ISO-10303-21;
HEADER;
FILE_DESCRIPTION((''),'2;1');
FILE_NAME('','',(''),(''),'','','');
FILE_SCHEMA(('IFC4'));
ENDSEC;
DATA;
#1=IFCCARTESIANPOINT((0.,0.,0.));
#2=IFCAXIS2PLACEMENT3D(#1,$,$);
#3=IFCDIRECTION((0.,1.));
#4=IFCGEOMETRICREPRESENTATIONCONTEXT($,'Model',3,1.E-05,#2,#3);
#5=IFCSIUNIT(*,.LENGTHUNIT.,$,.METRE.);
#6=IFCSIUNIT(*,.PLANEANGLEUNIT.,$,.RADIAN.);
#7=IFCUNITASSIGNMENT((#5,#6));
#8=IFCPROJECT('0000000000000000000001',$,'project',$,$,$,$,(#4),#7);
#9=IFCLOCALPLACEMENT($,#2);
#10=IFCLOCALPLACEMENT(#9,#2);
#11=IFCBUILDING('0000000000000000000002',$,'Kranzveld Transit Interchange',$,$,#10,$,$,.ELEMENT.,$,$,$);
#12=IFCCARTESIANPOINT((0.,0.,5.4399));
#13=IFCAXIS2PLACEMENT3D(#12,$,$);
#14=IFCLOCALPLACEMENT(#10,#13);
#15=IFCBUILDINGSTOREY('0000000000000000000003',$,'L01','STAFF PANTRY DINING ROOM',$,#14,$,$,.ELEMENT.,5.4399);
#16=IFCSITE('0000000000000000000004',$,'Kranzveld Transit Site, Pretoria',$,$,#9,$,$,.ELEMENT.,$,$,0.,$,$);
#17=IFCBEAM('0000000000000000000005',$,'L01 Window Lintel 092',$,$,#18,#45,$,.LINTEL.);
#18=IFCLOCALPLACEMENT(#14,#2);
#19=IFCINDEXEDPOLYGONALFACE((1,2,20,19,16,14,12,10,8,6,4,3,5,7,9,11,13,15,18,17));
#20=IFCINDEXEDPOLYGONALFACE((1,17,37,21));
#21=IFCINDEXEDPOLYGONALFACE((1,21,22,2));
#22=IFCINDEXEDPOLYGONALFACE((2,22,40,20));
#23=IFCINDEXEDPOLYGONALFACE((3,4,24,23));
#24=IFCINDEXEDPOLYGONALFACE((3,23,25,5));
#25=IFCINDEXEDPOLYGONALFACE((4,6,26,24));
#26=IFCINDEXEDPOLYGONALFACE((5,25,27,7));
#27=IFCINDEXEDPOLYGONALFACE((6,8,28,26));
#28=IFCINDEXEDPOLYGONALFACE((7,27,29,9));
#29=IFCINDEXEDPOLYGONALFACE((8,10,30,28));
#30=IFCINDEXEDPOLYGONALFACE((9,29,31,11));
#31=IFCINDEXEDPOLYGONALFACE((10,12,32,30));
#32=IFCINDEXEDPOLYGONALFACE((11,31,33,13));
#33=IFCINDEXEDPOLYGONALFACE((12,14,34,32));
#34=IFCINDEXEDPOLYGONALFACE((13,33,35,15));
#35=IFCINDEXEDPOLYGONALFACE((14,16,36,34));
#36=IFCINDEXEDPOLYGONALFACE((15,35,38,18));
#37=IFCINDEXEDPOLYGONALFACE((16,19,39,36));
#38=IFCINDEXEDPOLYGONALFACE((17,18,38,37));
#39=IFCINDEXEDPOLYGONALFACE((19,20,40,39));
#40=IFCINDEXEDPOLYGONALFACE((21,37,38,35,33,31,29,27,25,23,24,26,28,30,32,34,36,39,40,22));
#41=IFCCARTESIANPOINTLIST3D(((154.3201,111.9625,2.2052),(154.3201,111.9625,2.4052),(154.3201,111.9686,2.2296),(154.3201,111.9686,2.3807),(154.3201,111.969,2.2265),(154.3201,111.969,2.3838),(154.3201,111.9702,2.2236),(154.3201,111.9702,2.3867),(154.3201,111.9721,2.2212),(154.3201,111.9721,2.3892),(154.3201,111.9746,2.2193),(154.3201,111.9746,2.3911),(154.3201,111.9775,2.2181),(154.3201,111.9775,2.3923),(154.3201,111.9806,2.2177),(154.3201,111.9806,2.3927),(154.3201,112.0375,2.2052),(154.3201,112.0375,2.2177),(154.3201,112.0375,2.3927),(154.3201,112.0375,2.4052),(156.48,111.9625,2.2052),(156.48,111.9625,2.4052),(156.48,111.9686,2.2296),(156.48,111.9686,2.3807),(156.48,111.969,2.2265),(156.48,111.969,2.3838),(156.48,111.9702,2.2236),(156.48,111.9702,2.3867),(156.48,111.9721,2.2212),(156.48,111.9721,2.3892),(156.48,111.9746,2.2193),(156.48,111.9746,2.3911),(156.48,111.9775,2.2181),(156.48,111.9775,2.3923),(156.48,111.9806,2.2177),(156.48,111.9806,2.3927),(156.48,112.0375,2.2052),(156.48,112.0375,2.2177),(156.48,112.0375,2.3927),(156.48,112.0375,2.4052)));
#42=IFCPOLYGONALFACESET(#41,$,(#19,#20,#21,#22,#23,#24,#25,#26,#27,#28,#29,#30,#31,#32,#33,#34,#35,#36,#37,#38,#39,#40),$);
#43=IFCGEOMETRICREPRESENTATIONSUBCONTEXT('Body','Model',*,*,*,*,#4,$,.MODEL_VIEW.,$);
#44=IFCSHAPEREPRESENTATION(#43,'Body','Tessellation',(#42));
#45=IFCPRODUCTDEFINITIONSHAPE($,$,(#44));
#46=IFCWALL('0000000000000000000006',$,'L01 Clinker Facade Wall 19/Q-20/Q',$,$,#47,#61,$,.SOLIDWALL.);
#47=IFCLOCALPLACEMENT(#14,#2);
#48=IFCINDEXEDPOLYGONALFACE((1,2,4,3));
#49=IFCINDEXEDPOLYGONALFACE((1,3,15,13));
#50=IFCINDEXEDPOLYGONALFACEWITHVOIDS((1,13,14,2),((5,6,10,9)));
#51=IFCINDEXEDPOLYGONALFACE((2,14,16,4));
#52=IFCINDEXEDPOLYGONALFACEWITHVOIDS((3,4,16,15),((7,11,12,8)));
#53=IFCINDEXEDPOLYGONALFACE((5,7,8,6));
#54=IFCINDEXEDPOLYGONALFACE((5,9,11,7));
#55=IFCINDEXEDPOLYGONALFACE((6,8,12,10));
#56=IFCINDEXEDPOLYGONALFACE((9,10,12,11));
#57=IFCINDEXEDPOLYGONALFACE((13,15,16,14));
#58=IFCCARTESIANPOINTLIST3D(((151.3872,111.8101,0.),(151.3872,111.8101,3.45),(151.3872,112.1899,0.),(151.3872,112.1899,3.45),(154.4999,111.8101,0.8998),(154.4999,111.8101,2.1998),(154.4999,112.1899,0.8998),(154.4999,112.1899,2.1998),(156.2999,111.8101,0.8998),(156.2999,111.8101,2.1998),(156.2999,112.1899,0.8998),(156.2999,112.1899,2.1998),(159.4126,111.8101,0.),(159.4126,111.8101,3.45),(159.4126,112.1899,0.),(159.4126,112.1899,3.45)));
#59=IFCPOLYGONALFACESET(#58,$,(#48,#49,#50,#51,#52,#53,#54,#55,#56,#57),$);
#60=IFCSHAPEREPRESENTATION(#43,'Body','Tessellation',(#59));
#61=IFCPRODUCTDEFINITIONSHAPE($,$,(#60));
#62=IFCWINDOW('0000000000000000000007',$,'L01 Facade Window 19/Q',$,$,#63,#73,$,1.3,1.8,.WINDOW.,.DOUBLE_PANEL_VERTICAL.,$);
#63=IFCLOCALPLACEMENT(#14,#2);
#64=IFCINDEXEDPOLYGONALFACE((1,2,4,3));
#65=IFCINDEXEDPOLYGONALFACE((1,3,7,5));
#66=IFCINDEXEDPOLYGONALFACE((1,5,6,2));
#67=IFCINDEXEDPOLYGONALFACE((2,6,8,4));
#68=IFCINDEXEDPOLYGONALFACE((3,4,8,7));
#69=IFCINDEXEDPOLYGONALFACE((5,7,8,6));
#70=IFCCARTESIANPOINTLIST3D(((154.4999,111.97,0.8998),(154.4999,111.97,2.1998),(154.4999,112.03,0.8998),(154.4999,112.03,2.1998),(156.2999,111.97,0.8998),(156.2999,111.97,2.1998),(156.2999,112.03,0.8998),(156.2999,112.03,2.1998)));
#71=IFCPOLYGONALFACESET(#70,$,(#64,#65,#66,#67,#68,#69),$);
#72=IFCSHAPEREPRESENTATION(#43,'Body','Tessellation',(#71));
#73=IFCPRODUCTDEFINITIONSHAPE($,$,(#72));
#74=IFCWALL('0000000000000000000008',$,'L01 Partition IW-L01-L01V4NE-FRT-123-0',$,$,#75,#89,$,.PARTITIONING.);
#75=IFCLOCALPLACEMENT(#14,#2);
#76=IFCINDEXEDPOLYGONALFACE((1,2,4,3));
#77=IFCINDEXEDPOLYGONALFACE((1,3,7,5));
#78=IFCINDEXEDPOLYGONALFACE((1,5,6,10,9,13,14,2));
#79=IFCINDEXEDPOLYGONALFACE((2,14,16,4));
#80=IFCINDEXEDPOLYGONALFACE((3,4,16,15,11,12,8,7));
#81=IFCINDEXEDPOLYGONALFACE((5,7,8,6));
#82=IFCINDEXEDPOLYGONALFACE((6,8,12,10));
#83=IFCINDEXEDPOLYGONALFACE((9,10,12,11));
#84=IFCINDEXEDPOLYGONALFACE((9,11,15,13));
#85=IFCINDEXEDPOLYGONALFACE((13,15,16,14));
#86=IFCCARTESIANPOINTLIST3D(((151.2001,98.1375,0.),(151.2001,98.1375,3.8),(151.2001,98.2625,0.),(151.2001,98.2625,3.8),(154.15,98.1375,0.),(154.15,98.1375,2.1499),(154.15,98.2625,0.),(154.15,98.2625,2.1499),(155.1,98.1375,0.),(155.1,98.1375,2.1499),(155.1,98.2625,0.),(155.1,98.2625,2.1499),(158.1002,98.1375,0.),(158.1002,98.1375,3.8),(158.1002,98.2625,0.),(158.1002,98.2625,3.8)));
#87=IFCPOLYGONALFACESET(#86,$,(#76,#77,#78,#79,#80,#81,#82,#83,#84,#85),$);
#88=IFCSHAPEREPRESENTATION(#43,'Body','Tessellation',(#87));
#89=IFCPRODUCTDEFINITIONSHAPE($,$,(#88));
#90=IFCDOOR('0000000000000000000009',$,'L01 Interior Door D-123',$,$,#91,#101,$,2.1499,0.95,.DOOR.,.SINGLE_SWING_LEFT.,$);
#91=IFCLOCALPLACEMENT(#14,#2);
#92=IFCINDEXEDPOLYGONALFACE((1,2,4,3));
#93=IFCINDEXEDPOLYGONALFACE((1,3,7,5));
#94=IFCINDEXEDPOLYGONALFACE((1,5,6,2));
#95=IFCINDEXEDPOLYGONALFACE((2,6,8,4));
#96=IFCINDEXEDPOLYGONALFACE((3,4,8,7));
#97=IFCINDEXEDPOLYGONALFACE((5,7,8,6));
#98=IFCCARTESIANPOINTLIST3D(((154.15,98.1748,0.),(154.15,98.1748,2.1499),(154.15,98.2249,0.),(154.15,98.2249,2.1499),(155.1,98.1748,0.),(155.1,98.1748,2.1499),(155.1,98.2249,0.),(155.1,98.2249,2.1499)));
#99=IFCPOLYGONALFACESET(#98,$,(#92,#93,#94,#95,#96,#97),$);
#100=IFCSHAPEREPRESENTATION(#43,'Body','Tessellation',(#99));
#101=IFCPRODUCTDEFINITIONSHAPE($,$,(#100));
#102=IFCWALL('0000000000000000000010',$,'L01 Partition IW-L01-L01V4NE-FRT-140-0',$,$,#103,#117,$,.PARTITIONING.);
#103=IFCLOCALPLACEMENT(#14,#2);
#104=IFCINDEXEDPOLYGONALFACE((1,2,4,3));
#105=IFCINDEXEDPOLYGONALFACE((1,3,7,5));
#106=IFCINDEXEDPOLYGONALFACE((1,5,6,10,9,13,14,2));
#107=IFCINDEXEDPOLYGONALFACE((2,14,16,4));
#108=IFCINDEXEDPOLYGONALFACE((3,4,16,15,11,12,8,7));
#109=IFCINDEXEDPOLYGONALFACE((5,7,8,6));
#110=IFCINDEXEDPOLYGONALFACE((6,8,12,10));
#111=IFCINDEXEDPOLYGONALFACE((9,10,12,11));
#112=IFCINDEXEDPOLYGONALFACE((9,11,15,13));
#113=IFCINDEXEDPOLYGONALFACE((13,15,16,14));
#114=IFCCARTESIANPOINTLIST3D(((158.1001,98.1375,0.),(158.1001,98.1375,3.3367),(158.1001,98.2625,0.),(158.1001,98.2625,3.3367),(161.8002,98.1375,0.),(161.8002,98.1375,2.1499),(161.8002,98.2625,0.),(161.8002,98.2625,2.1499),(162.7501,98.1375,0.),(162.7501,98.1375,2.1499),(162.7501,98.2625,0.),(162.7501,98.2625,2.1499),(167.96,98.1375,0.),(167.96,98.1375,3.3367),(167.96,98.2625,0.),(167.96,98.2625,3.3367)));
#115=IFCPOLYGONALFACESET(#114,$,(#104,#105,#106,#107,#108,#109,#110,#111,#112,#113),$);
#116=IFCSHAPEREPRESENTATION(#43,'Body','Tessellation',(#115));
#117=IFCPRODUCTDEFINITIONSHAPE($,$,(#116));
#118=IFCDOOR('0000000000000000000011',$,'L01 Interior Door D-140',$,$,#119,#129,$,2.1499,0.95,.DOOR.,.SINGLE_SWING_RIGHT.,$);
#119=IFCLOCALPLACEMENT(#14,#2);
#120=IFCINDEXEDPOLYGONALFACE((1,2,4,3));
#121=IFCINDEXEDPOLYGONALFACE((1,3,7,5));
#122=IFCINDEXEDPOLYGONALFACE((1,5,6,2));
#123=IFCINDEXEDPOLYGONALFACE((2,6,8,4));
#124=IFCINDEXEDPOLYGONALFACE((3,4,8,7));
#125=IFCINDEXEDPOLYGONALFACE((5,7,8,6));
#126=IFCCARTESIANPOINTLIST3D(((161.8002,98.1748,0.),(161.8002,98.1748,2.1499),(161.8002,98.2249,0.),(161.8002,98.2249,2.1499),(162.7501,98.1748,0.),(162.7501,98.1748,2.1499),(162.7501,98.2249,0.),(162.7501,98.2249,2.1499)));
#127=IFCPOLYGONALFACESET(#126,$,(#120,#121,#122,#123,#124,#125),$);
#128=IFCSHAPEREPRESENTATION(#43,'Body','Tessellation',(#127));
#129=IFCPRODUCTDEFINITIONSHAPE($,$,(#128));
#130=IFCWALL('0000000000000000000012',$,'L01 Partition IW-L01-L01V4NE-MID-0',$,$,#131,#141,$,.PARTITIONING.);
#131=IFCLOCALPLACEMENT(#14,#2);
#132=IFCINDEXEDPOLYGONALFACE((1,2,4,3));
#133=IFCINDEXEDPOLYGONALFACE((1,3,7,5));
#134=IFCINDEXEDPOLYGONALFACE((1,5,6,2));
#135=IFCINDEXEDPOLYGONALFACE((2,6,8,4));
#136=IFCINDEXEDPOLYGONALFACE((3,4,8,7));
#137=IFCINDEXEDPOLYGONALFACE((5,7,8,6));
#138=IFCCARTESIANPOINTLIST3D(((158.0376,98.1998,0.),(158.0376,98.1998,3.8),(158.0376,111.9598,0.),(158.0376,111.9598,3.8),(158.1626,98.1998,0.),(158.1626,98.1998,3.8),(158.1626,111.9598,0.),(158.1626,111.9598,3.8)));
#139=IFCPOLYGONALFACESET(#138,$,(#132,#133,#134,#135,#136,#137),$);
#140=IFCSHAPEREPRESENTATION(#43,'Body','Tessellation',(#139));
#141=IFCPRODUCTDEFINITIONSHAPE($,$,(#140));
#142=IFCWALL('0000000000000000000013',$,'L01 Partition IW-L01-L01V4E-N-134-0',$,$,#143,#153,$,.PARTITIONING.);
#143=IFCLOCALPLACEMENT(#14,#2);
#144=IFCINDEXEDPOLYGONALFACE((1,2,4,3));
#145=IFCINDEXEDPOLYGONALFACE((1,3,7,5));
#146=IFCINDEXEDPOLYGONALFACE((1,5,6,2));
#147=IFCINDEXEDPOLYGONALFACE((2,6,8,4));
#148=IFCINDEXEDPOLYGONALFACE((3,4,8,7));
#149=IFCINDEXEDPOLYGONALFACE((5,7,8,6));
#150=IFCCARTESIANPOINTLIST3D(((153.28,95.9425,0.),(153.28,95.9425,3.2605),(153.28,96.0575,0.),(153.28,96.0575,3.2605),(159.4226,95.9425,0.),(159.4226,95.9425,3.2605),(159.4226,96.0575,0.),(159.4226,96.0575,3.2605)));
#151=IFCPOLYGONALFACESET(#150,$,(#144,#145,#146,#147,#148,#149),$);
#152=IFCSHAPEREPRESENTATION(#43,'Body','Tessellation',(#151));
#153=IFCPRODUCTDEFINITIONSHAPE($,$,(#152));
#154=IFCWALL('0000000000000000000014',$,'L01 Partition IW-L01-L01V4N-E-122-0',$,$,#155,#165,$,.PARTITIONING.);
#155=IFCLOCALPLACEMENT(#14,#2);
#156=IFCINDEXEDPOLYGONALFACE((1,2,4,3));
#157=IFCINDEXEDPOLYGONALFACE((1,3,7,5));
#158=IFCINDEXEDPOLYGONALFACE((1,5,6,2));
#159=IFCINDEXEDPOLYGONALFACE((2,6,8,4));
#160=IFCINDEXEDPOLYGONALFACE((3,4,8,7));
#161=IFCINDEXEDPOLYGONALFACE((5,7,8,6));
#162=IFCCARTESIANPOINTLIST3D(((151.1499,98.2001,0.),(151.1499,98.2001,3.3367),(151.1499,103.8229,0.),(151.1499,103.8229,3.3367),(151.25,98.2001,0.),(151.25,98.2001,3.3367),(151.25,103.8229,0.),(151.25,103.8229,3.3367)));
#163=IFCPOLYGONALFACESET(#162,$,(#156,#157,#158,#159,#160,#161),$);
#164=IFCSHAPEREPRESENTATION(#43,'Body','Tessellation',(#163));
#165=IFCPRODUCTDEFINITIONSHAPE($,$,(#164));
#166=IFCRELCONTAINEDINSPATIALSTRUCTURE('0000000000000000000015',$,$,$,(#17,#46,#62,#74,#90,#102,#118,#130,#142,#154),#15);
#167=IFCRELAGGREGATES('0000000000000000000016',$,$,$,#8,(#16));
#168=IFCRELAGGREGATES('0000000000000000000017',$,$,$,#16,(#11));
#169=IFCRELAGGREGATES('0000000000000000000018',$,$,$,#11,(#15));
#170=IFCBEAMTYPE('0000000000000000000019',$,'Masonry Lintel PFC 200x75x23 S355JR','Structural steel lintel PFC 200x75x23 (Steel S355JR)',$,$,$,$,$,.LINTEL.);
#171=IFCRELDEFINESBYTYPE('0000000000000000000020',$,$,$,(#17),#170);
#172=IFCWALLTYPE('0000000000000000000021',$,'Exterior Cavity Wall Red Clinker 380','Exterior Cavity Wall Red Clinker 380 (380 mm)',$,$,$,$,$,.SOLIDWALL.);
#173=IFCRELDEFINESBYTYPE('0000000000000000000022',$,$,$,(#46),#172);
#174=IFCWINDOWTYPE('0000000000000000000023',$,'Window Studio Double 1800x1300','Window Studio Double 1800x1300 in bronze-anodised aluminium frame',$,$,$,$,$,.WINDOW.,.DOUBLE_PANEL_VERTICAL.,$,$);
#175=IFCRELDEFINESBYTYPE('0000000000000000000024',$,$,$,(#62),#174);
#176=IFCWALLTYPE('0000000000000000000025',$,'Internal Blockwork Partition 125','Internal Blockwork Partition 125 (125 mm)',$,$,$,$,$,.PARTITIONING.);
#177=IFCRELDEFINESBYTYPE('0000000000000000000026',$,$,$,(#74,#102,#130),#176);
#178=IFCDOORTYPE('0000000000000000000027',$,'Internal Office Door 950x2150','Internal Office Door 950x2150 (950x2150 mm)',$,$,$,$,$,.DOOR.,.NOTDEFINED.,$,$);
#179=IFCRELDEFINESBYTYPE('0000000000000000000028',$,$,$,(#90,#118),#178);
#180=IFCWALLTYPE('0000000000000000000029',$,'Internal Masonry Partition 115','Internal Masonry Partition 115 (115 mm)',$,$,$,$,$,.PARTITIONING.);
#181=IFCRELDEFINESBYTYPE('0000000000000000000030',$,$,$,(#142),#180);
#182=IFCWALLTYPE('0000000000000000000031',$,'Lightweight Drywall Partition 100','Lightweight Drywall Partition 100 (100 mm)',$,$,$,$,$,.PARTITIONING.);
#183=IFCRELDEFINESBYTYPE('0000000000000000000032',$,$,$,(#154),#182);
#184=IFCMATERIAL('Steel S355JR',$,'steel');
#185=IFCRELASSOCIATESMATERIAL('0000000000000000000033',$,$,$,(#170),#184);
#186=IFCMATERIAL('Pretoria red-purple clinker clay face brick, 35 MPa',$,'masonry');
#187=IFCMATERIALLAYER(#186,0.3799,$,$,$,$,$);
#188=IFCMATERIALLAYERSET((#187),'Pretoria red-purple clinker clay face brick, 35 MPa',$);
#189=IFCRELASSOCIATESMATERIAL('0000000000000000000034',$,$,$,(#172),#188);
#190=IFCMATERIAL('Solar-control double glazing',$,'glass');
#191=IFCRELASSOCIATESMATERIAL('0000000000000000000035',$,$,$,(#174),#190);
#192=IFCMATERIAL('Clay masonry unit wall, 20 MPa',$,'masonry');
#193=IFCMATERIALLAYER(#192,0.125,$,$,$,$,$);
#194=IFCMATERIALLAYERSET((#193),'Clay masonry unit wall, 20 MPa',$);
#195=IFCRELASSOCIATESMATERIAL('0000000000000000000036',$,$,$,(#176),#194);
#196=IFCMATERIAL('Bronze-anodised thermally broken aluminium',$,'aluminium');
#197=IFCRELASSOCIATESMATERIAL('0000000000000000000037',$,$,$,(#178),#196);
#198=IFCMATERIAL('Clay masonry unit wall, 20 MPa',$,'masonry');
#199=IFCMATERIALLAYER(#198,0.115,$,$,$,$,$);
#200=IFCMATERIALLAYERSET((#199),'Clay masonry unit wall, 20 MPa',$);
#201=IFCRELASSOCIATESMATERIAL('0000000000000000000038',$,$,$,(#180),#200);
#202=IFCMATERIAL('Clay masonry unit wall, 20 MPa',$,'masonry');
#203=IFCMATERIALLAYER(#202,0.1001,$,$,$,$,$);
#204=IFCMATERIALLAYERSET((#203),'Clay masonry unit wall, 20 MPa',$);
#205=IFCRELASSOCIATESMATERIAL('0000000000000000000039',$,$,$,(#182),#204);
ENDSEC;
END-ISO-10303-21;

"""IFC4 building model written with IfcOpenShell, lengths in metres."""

from ifc_helpers import new_model, si_unit, direction, frame, frame_2d, origin, origin_2d, place, context, subcontext, project, spatial, rectangle, u_section, extrude, material, layer, layer_set, material_profile, profile_set, type_object, element, fill, save


model = new_model("IFC4")

# Units and contexts
model_context = context("Model", 3, precision=1e-05, world=origin(), true_north=direction((0.0, 1.0)))
body_context = subcontext(model_context, "Body", "Model", "MODEL_VIEW")
ifc_project = project(units=[si_unit("LENGTHUNIT", "METRE"), si_unit("PLANEANGLEUNIT", "RADIAN")], contexts=[model_context])

# Site, building, storey
site_placement = place(None, origin())
site = spatial("IfcSite", under=ifc_project, at=site_placement, Name="Kranzveld Transit Site, Pretoria", CompositionType="ELEMENT", RefElevation=0.0)
building_placement = place(site_placement, origin())
building = spatial("IfcBuilding", under=site, at=building_placement, Name="Kranzveld Transit Interchange", CompositionType="ELEMENT")
storey_placement = place(building_placement, frame((0.0, 0.0, 5.4399)))
storey = spatial("IfcBuildingStorey", under=building, at=storey_placement, Name="L01", Description="STAFF PANTRY DINING ROOM", CompositionType="ELEMENT", Elevation=5.4399)

# Beam
ifc_material_1 = material(Name="Steel S355JR", Category="steel")
ifc_material_profile_1 = material_profile(ifc_material_1, u_section(Depth=0.2, FlangeWidth=0.075, WebThickness=0.0061, FlangeThickness=0.0125, FilletRadius=0.012, at=origin_2d()), Name="PFC 200x75x23")
ifc_profile_set_1 = profile_set([ifc_material_profile_1], Name="Steel S355JR")
beam_type_1 = type_object("IfcBeamType", Name="Masonry Lintel PFC 200x75x23 S355JR", Description="Structural steel lintel PFC 200x75x23 (Steel S355JR)", PredefinedType="LINTEL", material=ifc_profile_set_1)
beam_1_placement = place(storey_placement, frame((154.3201, 112.0, 2.3052), z_axis=(1.0, 0.0, 0.0), x_axis=(0.0, 1.0, 0.0)))
element("IfcBeam", 1, at=beam_1_placement, inside=storey, type_object=beam_type_1, Name="L01 Window Lintel 092", PredefinedType="LINTEL", context=body_context, shape_type="SweptSolid", body=[
    extrude(u_section(Depth=0.2, FlangeWidth=0.075, WebThickness=0.0061, FlangeThickness=0.0125, FilletRadius=0.012, at=origin_2d()), origin(), (0.0, 0.0, 1.0), 2.1599),
])

# Wall, opening, window
ifc_material_2 = material(Name="Pretoria red-purple clinker clay face brick, 35 MPa", Category="masonry")
ifc_layer_1 = layer(ifc_material_2, 0.3799)
ifc_layer_set_1 = layer_set([ifc_layer_1], Name="Pretoria red-purple clinker clay face brick, 35 MPa")
wall_type_1 = type_object("IfcWallType", Name="Exterior Cavity Wall Red Clinker 380", Description="Exterior Cavity Wall Red Clinker 380 (380 mm)", PredefinedType="SOLIDWALL", material=ifc_layer_set_1)
wall_1_placement = place(storey_placement, frame((151.3872, 112.0, 0.0), z_axis=(0.0, 0.0, 1.0), x_axis=(1.0, 0.0, 0.0)))
wall_1 = element("IfcWall", 2, at=wall_1_placement, inside=storey, type_object=wall_type_1, Name="L01 Clinker Facade Wall 19/Q-20/Q", PredefinedType="SOLIDWALL", context=body_context, shape_type="SweptSolid", body=[
    extrude(rectangle(XDim=8.0254, YDim=0.3799, at=frame_2d((4.0127, 0.0))), origin(), (0.0, 0.0, 1.0), 3.45),
])
opening_1_placement = place(wall_1_placement, frame((3.1128, 0.0, 0.8999), z_axis=(0.0, 0.0, 1.0), x_axis=(1.0, 0.0, 0.0)))
opening_1 = element("IfcOpeningElement", 3, at=opening_1_placement, cuts=wall_1, PredefinedType="OPENING", context=body_context, shape_type="SweptSolid", body=[
    extrude(rectangle(XDim=1.8, YDim=1.3, at=frame_2d((0.8999, 0.6499))), frame((0.0, 0.2, 0.0), z_axis=(0.0, -1.0, 0.0), x_axis=(1.0, 0.0, 0.0)), (0.0, 0.0, 1.0), 0.3999),
])
ifc_material_3 = material(Name="Solar-control double glazing", Category="glass")
window_type = type_object("IfcWindowType", Name="Window Studio Double 1800x1300", Description="Window Studio Double 1800x1300 in bronze-anodised aluminium frame", PartitioningType="DOUBLE_PANEL_VERTICAL", PredefinedType="WINDOW", material=ifc_material_3)
window_placement = place(opening_1_placement, origin())
window = element("IfcWindow", 4, at=window_placement, inside=storey, type_object=window_type, Name="L01 Facade Window 19/Q", OverallHeight=1.3, OverallWidth=1.8, PartitioningType="DOUBLE_PANEL_VERTICAL", PredefinedType="WINDOW", context=body_context, shape_type="SweptSolid", body=[
    extrude(rectangle(XDim=1.8, YDim=1.3, at=frame_2d((0.8999, 0.6499))), frame((0.0, 0.03, 0.0), z_axis=(0.0, -1.0, 0.0), x_axis=(1.0, 0.0, 0.0)), (0.0, 0.0, 1.0), 0.0601),
])
fill(opening_1, window)

# Walls, openings, doors
ifc_material_4 = material(Name="Clay masonry unit wall, 20 MPa", Category="masonry")
ifc_layer_2 = layer(ifc_material_4, 0.125)
ifc_layer_set_2 = layer_set([ifc_layer_2], Name="Clay masonry unit wall, 20 MPa")
wall_type_2 = type_object("IfcWallType", Name="Internal Blockwork Partition 125", Description="Internal Blockwork Partition 125 (125 mm)", PredefinedType="PARTITIONING", material=ifc_layer_set_2)
wall_2_placement = place(storey_placement, frame((151.2, 98.2, 0.0), z_axis=(0.0, 0.0, 1.0), x_axis=(1.0, 0.0, 0.0)))
wall_2 = element("IfcWall", 5, at=wall_2_placement, inside=storey, type_object=wall_type_2, Name="L01 Partition IW-L01-L01V4NE-FRT-123-0", PredefinedType="PARTITIONING", context=body_context, shape_type="SweptSolid", body=[
    extrude(rectangle(XDim=6.9001, YDim=0.125, at=frame_2d((3.4502, 0.0))), origin(), (0.0, 0.0, 1.0), 3.8),
])
opening_2_placement = place(wall_2_placement, frame((2.95, 0.0, 0.0), z_axis=(0.0, 0.0, 1.0), x_axis=(1.0, 0.0, 0.0)))
opening_2 = element("IfcOpeningElement", 6, at=opening_2_placement, cuts=wall_2, PredefinedType="OPENING", context=body_context, shape_type="SweptSolid", body=[
    extrude(rectangle(XDim=0.95, YDim=2.1499, at=frame_2d((0.4751, 1.075))), frame((0.0, 0.0725, 0.0), z_axis=(0.0, -1.0, 0.0), x_axis=(1.0, 0.0, 0.0)), (0.0, 0.0, 1.0), 0.145),
])
ifc_material_5 = material(Name="Bronze-anodised thermally broken aluminium", Category="aluminium")
door_type = type_object("IfcDoorType", Name="Internal Office Door 950x2150", Description="Internal Office Door 950x2150 (950x2150 mm)", OperationType="NOTDEFINED", PredefinedType="DOOR", material=ifc_material_5)
door_1_placement = place(opening_2_placement, origin())
door_1 = element("IfcDoor", 7, at=door_1_placement, inside=storey, type_object=door_type, Name="L01 Interior Door D-123", OperationType="SINGLE_SWING_LEFT", OverallHeight=2.1499, OverallWidth=0.95, PredefinedType="DOOR", context=body_context, shape_type="SweptSolid", body=[
    extrude(rectangle(XDim=0.95, YDim=2.1499, at=frame_2d((0.4751, 1.075))), frame((0.0, 0.0249, 0.0), z_axis=(0.0, -1.0, 0.0), x_axis=(1.0, 0.0, 0.0)), (0.0, 0.0, 1.0), 0.05),
])
fill(opening_2, door_1)
wall_3_placement = place(storey_placement, frame((158.1001, 98.2, 0.0), z_axis=(0.0, 0.0, 1.0), x_axis=(1.0, 0.0, 0.0)))
wall_3 = element("IfcWall", 8, at=wall_3_placement, inside=storey, type_object=wall_type_2, Name="L01 Partition IW-L01-L01V4NE-FRT-140-0", PredefinedType="PARTITIONING", context=body_context, shape_type="SweptSolid", body=[
    extrude(rectangle(XDim=9.8599, YDim=0.125, at=frame_2d((4.9299, 0.0))), origin(), (0.0, 0.0, 1.0), 3.3367),
])
opening_3_placement = place(wall_3_placement, frame((3.7, 0.0, 0.0), z_axis=(0.0, 0.0, 1.0), x_axis=(1.0, 0.0, 0.0)))
opening_3 = element("IfcOpeningElement", 9, at=opening_3_placement, cuts=wall_3, PredefinedType="OPENING", context=body_context, shape_type="SweptSolid", body=[
    extrude(rectangle(XDim=0.95, YDim=2.1499, at=frame_2d((0.4751, 1.075))), frame((0.0, 0.0725, 0.0), z_axis=(0.0, -1.0, 0.0), x_axis=(1.0, 0.0, 0.0)), (0.0, 0.0, 1.0), 0.145),
])
door_2_placement = place(opening_3_placement, origin())
door_2 = element("IfcDoor", 10, at=door_2_placement, inside=storey, type_object=door_type, Name="L01 Interior Door D-140", OperationType="SINGLE_SWING_RIGHT", OverallHeight=2.1499, OverallWidth=0.95, PredefinedType="DOOR", context=body_context, shape_type="SweptSolid", body=[
    extrude(rectangle(XDim=0.95, YDim=2.1499, at=frame_2d((0.4751, 1.075))), frame((0.0, 0.0249, 0.0), z_axis=(0.0, -1.0, 0.0), x_axis=(1.0, 0.0, 0.0)), (0.0, 0.0, 1.0), 0.05),
])
fill(opening_3, door_2)

# Walls
wall_4_placement = place(storey_placement, frame((158.1001, 98.2, 0.0), z_axis=(0.0, 0.0, 1.0), x_axis=(0.0, 1.0, 0.0)))
element("IfcWall", 11, at=wall_4_placement, inside=storey, type_object=wall_type_2, Name="L01 Partition IW-L01-L01V4NE-MID-0", PredefinedType="PARTITIONING", context=body_context, shape_type="SweptSolid", body=[
    extrude(rectangle(XDim=13.76, YDim=0.125, at=frame_2d((6.8799, 0.0))), origin(), (0.0, 0.0, 1.0), 3.8),
])
ifc_material_6 = material(Name="Clay masonry unit wall, 20 MPa", Category="masonry")
ifc_layer_3 = layer(ifc_material_6, 0.115)
ifc_layer_set_3 = layer_set([ifc_layer_3], Name="Clay masonry unit wall, 20 MPa")
wall_type_3 = type_object("IfcWallType", Name="Internal Masonry Partition 115", Description="Internal Masonry Partition 115 (115 mm)", PredefinedType="PARTITIONING", material=ifc_layer_set_3)
wall_5_placement = place(storey_placement, frame((153.28, 96.0, 0.0), z_axis=(0.0, 0.0, 1.0), x_axis=(1.0, 0.0, 0.0)))
element("IfcWall", 12, at=wall_5_placement, inside=storey, type_object=wall_type_3, Name="L01 Partition IW-L01-L01V4E-N-134-0", PredefinedType="PARTITIONING", context=body_context, shape_type="SweptSolid", body=[
    extrude(rectangle(XDim=6.1426, YDim=0.115, at=frame_2d((3.0713, 0.0))), origin(), (0.0, 0.0, 1.0), 3.2605),
])
ifc_material_7 = material(Name="Clay masonry unit wall, 20 MPa", Category="masonry")
ifc_layer_4 = layer(ifc_material_7, 0.1001)
ifc_layer_set_4 = layer_set([ifc_layer_4], Name="Clay masonry unit wall, 20 MPa")
wall_type_4 = type_object("IfcWallType", Name="Lightweight Drywall Partition 100", Description="Lightweight Drywall Partition 100 (100 mm)", PredefinedType="PARTITIONING", material=ifc_layer_set_4)
wall_6_placement = place(storey_placement, frame((151.2, 98.2, 0.0), z_axis=(0.0, 0.0, 1.0), x_axis=(0.0, 1.0, 0.0)))
element("IfcWall", 13, at=wall_6_placement, inside=storey, type_object=wall_type_4, Name="L01 Partition IW-L01-L01V4N-E-122-0", PredefinedType="PARTITIONING", context=body_context, shape_type="SweptSolid", body=[
    extrude(rectangle(XDim=5.6228, YDim=0.1001, at=frame_2d((2.8115, 0.0))), origin(), (0.0, 0.0, 1.0), 3.3367),
])

save(model, "model.ifc")
